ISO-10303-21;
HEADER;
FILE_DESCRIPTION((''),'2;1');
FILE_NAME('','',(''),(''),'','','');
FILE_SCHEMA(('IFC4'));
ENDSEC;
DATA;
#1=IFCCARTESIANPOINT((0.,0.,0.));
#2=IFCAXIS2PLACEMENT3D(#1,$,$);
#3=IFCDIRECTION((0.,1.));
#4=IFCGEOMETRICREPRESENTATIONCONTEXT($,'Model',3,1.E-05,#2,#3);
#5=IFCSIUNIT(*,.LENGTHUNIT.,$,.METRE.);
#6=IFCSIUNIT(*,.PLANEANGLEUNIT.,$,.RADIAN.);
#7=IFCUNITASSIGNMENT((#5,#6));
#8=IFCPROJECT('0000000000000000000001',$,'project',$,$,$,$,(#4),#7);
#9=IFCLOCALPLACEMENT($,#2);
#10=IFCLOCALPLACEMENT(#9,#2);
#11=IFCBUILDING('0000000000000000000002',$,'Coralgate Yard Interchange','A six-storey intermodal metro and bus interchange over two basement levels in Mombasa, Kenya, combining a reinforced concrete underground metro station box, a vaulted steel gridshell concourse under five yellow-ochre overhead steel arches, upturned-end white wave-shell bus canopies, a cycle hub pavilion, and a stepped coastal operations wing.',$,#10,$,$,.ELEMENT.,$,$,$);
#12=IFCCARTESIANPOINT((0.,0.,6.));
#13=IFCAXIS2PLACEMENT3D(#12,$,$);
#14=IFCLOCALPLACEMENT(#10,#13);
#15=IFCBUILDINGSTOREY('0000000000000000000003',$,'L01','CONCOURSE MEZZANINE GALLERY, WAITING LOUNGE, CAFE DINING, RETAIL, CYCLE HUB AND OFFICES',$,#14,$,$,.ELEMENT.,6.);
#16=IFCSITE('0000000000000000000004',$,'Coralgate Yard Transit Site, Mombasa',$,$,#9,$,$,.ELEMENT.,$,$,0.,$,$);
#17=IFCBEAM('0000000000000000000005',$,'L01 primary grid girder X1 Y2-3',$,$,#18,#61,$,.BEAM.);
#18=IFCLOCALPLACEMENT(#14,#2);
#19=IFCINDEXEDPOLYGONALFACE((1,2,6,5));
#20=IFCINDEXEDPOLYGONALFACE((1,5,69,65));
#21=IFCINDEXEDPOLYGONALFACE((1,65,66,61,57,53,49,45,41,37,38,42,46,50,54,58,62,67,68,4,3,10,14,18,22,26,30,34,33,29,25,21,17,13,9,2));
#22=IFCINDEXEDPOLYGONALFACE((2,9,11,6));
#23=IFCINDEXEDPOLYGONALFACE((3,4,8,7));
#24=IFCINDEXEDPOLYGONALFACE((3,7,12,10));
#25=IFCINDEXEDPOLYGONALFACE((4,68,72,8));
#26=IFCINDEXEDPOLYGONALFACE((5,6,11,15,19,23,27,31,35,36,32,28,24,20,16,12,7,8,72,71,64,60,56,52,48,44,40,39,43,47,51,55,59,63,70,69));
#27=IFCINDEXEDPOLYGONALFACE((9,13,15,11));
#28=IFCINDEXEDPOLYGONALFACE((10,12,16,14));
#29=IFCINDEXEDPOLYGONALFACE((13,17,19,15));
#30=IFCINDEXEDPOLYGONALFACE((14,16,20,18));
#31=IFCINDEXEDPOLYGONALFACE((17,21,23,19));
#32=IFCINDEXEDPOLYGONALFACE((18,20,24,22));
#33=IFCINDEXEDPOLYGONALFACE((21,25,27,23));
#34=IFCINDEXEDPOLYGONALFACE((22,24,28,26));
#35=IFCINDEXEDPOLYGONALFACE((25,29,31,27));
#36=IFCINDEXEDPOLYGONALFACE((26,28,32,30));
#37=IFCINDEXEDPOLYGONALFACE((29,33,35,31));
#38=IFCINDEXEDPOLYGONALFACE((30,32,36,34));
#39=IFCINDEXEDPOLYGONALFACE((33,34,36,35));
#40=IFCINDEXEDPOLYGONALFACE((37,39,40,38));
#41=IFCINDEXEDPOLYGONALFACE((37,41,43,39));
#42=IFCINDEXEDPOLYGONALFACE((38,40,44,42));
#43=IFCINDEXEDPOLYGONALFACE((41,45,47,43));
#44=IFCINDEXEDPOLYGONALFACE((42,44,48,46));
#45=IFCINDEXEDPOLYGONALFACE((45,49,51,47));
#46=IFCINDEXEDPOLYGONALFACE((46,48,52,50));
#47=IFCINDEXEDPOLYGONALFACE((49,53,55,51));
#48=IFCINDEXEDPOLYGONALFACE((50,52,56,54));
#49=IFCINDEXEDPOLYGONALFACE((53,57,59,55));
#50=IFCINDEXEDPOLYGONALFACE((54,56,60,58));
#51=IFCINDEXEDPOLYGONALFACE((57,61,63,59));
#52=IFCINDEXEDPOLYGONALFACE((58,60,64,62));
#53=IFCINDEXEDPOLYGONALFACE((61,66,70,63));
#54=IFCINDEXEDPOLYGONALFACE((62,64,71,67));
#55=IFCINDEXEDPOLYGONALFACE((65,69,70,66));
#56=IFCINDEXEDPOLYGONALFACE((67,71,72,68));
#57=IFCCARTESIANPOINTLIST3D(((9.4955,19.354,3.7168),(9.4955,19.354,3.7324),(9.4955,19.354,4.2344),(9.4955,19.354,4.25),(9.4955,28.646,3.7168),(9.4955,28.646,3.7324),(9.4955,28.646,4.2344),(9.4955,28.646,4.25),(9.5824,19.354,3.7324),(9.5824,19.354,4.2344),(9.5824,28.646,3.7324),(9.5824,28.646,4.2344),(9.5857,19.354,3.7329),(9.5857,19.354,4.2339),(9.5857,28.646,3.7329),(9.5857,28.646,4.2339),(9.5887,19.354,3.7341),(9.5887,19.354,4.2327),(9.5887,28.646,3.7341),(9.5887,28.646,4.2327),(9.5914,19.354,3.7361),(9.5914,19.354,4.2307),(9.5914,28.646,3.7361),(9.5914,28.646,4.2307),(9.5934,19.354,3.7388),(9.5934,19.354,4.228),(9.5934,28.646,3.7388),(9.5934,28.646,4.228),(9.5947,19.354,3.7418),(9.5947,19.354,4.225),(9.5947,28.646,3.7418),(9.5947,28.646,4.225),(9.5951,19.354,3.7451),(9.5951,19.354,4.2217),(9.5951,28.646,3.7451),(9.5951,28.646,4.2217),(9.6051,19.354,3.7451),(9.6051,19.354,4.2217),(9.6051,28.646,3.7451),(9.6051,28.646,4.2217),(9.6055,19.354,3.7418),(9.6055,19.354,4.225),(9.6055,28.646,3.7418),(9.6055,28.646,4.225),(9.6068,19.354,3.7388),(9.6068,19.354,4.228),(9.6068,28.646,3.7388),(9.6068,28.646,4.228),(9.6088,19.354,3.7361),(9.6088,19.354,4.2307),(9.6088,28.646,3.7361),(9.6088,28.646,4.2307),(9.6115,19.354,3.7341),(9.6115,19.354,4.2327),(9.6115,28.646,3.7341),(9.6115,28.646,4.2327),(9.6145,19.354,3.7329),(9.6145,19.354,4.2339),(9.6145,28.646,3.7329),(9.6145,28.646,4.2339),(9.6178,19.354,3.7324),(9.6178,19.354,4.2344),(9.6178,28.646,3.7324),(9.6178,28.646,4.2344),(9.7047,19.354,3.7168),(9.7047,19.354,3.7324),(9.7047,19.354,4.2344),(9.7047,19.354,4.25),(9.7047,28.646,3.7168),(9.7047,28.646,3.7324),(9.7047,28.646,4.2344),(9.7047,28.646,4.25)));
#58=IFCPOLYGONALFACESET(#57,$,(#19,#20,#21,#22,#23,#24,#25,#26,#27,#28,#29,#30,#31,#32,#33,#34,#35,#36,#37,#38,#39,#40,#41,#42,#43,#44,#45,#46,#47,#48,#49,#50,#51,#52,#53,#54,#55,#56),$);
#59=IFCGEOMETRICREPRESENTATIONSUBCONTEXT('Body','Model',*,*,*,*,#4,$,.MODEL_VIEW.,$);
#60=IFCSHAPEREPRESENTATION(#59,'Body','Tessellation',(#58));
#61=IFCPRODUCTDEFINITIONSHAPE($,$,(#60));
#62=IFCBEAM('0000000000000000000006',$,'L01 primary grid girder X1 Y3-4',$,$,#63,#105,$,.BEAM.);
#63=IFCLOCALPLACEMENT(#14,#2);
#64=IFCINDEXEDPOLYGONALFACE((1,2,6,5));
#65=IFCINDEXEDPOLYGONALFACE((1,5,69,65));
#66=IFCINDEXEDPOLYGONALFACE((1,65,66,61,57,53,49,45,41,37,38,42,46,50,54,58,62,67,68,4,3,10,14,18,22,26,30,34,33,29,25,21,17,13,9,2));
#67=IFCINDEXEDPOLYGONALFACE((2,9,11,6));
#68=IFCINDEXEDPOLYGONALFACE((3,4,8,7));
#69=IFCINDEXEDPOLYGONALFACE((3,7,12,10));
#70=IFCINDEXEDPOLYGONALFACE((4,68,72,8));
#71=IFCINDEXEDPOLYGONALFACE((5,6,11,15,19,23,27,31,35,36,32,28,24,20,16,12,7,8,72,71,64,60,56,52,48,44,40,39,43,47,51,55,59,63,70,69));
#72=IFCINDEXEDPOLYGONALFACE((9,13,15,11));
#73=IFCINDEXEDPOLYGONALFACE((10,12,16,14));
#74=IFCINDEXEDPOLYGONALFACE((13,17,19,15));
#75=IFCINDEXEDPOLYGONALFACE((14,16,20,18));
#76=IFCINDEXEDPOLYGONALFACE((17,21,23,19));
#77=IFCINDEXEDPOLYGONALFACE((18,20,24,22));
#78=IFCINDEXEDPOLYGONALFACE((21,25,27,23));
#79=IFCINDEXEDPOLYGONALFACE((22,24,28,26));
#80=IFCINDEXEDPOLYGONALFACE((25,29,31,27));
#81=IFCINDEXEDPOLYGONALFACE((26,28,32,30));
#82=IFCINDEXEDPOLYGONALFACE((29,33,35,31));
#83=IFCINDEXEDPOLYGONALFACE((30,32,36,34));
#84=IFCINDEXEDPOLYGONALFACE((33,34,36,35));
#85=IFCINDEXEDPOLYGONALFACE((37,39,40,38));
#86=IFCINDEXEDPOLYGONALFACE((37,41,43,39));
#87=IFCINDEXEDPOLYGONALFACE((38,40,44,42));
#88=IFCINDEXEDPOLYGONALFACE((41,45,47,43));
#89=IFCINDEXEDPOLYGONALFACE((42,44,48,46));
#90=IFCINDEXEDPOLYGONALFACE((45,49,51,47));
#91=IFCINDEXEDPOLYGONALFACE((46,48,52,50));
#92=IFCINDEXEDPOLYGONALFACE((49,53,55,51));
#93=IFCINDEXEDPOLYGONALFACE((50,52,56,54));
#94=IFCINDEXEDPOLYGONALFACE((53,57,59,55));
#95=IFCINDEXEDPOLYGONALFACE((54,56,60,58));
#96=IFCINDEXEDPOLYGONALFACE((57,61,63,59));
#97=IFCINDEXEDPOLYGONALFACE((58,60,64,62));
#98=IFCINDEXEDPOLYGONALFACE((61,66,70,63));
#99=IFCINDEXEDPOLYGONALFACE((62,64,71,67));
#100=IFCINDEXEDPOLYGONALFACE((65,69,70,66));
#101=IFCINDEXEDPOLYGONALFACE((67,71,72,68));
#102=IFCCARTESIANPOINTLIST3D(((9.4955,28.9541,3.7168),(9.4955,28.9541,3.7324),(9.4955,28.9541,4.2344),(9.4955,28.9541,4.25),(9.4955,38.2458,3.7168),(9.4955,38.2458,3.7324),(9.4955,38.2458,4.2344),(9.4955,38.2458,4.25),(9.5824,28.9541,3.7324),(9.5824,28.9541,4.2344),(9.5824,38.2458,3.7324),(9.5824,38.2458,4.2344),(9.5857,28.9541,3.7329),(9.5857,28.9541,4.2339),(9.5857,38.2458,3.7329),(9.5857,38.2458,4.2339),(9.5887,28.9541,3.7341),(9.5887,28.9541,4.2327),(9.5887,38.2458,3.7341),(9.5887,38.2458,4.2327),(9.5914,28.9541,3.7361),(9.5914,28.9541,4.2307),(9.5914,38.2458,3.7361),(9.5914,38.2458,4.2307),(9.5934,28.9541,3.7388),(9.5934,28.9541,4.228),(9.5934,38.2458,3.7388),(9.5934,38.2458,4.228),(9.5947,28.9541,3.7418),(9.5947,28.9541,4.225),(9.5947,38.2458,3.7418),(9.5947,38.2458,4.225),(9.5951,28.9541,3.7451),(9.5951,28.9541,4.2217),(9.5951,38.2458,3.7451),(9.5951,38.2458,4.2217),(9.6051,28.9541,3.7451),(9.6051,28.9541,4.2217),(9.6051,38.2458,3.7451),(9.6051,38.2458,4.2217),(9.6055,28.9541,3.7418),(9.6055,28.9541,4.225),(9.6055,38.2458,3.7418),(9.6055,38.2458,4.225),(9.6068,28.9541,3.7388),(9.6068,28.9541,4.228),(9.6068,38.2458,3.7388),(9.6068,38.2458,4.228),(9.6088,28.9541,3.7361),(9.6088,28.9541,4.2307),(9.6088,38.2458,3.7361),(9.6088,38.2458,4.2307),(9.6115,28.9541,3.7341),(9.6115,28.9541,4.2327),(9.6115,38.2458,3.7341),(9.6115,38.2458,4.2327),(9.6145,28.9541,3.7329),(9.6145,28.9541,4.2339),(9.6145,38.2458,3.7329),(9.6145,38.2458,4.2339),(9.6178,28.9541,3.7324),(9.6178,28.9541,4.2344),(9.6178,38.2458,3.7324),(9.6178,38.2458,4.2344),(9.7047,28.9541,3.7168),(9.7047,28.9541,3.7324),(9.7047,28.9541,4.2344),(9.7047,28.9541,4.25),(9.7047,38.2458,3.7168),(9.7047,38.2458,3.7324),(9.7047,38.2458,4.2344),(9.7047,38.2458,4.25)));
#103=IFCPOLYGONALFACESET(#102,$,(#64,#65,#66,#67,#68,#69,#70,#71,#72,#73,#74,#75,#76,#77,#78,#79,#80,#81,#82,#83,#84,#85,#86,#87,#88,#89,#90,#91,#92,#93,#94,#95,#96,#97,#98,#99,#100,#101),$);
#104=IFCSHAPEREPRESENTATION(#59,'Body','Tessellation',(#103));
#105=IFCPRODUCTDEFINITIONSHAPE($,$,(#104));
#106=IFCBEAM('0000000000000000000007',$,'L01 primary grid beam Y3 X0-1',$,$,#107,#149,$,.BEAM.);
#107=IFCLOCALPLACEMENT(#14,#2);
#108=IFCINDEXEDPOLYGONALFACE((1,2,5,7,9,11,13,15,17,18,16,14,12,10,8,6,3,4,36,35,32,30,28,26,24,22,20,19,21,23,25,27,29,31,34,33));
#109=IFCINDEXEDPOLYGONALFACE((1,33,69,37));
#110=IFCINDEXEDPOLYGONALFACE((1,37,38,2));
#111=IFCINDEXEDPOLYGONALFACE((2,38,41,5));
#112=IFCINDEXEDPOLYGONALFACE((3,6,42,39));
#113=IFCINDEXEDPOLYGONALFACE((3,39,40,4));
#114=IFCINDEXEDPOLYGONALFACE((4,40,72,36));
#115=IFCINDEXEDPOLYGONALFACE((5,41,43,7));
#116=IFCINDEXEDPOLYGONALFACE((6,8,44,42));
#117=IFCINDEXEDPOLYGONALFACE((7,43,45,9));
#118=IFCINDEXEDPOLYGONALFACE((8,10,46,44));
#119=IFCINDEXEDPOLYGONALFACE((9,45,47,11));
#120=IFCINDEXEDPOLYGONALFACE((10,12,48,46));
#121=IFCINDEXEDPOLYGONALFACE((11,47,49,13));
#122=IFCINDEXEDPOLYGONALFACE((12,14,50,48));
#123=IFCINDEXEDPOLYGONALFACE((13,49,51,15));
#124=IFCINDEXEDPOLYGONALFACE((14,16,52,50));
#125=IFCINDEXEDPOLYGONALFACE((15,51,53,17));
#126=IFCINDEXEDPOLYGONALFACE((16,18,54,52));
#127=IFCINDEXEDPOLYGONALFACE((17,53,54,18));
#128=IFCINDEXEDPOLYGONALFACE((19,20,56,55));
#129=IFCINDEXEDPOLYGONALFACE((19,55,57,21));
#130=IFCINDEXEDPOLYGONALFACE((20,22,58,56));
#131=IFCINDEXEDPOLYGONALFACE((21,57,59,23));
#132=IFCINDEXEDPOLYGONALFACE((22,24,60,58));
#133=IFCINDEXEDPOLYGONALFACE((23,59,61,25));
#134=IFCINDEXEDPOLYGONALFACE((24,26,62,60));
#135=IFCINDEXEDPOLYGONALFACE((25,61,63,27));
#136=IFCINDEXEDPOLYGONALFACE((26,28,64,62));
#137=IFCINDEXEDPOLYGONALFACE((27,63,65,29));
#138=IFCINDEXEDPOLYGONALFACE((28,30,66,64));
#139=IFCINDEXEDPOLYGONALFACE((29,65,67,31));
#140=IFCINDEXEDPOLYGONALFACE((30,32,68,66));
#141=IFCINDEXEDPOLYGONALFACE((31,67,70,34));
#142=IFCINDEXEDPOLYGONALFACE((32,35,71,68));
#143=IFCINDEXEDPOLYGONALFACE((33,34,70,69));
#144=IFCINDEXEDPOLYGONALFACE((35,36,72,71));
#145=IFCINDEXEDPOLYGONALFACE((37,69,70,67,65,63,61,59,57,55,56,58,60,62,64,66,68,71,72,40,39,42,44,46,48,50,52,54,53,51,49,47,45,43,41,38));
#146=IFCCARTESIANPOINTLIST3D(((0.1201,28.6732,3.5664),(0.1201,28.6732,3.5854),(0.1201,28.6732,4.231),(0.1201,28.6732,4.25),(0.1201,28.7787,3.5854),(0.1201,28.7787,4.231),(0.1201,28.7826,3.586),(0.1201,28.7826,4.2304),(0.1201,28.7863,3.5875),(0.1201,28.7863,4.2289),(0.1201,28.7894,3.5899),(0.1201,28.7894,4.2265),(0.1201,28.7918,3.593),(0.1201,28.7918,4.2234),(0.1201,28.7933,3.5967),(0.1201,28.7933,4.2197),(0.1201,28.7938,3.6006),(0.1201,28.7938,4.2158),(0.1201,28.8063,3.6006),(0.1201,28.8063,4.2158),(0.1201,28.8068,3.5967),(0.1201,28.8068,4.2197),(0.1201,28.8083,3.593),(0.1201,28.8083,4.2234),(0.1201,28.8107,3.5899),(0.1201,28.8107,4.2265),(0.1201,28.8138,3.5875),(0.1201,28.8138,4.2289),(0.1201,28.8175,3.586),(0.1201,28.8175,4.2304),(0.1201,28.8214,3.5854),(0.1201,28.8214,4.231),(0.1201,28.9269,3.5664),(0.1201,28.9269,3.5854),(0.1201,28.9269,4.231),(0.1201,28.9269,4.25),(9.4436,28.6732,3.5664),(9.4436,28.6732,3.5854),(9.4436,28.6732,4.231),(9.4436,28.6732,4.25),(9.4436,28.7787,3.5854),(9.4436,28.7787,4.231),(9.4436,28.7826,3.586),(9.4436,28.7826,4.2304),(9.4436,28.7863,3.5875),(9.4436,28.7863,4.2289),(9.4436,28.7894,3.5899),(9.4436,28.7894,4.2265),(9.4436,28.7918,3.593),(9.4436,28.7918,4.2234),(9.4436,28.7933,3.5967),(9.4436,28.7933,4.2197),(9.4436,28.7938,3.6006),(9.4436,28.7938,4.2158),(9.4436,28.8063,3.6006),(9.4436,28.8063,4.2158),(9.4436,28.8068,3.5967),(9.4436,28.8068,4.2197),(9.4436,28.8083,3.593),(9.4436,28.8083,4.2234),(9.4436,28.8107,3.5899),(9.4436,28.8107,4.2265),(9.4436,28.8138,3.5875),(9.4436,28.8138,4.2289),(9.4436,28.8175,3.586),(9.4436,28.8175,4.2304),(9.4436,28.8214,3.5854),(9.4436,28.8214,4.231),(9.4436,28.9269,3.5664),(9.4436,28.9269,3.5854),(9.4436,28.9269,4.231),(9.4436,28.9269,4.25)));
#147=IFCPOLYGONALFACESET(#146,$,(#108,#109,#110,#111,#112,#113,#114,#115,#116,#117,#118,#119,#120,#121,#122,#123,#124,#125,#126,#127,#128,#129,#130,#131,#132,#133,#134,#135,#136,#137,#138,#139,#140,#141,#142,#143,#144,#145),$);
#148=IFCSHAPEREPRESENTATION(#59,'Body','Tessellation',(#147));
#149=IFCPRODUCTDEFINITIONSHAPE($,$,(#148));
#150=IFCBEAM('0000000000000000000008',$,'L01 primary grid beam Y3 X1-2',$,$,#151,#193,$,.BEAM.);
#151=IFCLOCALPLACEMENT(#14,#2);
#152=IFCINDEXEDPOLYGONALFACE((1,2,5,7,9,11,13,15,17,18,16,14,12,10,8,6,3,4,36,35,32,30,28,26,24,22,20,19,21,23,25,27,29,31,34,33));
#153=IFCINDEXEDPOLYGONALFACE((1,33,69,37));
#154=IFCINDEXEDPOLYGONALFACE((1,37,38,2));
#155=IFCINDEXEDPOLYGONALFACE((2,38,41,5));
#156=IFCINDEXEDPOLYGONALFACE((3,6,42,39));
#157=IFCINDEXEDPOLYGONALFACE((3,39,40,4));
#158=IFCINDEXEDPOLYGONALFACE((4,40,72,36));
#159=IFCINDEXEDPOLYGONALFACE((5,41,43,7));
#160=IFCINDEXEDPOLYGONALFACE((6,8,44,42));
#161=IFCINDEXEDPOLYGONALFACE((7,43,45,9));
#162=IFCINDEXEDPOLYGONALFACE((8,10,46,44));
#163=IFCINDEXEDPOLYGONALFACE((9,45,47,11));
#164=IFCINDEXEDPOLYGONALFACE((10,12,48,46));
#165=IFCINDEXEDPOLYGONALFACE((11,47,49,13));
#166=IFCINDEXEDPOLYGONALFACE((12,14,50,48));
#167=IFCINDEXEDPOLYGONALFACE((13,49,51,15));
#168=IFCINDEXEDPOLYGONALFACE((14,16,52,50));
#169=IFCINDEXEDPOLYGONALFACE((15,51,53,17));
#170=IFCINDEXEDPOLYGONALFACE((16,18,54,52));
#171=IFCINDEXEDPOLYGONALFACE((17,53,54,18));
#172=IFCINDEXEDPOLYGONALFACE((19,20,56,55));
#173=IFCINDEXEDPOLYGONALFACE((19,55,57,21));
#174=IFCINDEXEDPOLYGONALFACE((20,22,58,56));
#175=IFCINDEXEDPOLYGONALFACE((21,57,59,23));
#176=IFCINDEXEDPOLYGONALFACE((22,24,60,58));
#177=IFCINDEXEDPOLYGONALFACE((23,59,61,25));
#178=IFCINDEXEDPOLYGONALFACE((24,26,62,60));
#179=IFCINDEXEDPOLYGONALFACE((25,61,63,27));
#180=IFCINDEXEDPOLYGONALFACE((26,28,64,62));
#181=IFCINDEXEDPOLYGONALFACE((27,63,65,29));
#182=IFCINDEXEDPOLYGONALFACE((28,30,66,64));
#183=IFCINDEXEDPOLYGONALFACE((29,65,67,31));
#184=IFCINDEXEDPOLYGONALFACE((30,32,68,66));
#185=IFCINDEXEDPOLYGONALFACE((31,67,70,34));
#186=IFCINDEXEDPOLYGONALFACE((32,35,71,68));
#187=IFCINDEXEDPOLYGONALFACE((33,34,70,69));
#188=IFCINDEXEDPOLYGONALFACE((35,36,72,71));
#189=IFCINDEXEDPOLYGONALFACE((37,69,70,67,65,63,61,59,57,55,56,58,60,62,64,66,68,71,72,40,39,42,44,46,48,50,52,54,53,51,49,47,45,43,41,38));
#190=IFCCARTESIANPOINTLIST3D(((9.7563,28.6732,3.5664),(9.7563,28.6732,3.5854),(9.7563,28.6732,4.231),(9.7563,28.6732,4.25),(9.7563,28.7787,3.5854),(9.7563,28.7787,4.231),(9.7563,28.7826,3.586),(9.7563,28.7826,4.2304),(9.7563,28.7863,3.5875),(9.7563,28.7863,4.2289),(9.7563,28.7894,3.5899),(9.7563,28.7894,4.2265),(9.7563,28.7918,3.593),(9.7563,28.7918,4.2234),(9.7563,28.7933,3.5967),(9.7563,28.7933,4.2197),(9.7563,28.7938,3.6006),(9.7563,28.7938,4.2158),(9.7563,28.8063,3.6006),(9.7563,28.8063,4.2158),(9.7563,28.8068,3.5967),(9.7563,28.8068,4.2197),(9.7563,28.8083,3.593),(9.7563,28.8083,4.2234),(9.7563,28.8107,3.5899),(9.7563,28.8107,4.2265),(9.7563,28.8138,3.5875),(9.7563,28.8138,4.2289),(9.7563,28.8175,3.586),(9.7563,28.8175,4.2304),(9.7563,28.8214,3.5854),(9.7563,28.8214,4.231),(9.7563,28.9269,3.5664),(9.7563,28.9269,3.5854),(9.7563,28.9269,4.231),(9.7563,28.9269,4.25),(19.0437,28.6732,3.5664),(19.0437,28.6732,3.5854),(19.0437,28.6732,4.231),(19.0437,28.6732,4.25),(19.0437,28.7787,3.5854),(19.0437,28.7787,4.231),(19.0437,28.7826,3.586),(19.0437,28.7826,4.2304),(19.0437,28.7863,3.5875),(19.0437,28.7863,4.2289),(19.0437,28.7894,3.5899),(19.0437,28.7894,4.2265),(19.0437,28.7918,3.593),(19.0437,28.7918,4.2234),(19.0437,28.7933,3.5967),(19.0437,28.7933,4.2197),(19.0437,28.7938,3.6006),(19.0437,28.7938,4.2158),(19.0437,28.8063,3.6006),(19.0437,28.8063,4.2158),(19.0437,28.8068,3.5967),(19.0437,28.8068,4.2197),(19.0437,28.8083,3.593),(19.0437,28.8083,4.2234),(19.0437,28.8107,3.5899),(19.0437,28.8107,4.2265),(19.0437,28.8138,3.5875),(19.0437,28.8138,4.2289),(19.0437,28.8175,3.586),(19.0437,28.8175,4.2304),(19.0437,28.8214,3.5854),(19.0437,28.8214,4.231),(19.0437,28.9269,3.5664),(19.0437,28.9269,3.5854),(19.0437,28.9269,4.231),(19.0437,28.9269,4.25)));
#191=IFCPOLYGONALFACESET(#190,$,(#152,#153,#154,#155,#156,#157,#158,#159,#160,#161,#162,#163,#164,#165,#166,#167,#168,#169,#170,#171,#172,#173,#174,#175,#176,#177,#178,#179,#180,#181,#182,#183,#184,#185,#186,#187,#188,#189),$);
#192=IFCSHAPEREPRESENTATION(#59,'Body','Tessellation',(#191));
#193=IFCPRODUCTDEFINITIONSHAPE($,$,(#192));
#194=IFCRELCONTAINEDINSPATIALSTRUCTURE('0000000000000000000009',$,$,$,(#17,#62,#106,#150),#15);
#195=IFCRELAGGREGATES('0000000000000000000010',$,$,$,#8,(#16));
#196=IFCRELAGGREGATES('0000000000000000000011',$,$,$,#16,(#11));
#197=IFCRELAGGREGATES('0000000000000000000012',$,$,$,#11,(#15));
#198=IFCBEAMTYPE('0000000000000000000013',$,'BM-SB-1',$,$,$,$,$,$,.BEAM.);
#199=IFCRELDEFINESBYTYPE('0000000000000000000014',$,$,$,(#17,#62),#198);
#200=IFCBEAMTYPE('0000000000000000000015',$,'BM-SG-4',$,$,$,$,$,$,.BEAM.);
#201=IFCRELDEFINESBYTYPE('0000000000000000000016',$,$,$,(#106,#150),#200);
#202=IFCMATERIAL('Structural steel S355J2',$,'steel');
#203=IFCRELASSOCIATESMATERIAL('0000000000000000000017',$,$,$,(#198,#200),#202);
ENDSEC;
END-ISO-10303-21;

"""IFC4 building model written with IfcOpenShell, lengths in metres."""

from ifc_helpers import new_model, si_unit, direction, frame, origin, origin_2d, place, context, subcontext, project, spatial, i_section, extrude, material, material_profile, profile_set, type_object, element, save


model = new_model("IFC4")

# Units and contexts
model_context = context("Model", 3, precision=1e-05, world=origin(), true_north=direction((0.0, 1.0)))
body_context = subcontext(model_context, "Body", "Model", "MODEL_VIEW")
ifc_project = project(units=[si_unit("LENGTHUNIT", "METRE"), si_unit("PLANEANGLEUNIT", "RADIAN")], contexts=[model_context])

# Site, building, storey
site_placement = place(None, origin())
site = spatial("IfcSite", under=ifc_project, at=site_placement, Name="Coralgate Yard Transit Site, Mombasa", CompositionType="ELEMENT", RefElevation=0.0)
building_placement = place(site_placement, origin())
building = spatial("IfcBuilding", under=site, at=building_placement, Name="Coralgate Yard Interchange", Description="A six-storey intermodal metro and bus interchange over two basement levels in Mombasa, Kenya, combining a reinforced concrete underground metro station box, a vaulted steel gridshell concourse under five yellow-ochre overhead steel arches, upturned-end white wave-shell bus canopies, a cycle hub pavilion, and a stepped coastal operations wing.", CompositionType="ELEMENT")
storey_placement = place(building_placement, frame((0.0, 0.0, 6.0)))
storey = spatial("IfcBuildingStorey", under=building, at=storey_placement, Name="L01", Description="CONCOURSE MEZZANINE GALLERY, WAITING LOUNGE, CAFE DINING, RETAIL, CYCLE HUB AND OFFICES", CompositionType="ELEMENT", Elevation=6.0)

# Shared definitions
ifc_material_1 = material(Name="Structural steel S355J2", Category="steel")

# Beams
ifc_material_profile_1 = material_profile(ifc_material_1, i_section(OverallWidth=0.2092, OverallDepth=0.5332, WebThickness=0.01, FlangeThickness=0.0156, FilletRadius=0.0127, at=origin_2d()), Name="UB 533x210x92")
ifc_profile_set_1 = profile_set([ifc_material_profile_1], Name="Structural steel S355J2")
beam_type_1 = type_object("IfcBeamType", Name="BM-SB-1", PredefinedType="BEAM", material=ifc_profile_set_1)
beam_1_placement = place(storey_placement, frame((9.6001, 19.354, 3.9834), z_axis=(0.0, 1.0, 0.0), x_axis=(-1.0, 0.0, 0.0)))
element("IfcBeam", 1, at=beam_1_placement, inside=storey, type_object=beam_type_1, Name="L01 primary grid girder X1 Y2-3", PredefinedType="BEAM", context=body_context, shape_type="SweptSolid", body=[
    extrude(i_section(OverallWidth=0.2092, OverallDepth=0.5332, WebThickness=0.01, FlangeThickness=0.0156, FilletRadius=0.0127, at=origin_2d()), origin(), (0.0, 0.0, 1.0), 9.292),
])
beam_2_placement = place(storey_placement, frame((9.6001, 28.9541, 3.9834), z_axis=(0.0, 1.0, 0.0), x_axis=(-1.0, 0.0, 0.0)))
element("IfcBeam", 2, at=beam_2_placement, inside=storey, type_object=beam_type_1, Name="L01 primary grid girder X1 Y3-4", PredefinedType="BEAM", context=body_context, shape_type="SweptSolid", body=[
    extrude(i_section(OverallWidth=0.2092, OverallDepth=0.5332, WebThickness=0.01, FlangeThickness=0.0156, FilletRadius=0.0127, at=origin_2d()), origin(), (0.0, 0.0, 1.0), 9.2917),
])
ifc_material_profile_2 = material_profile(ifc_material_1, i_section(OverallWidth=0.2537, OverallDepth=0.6836, WebThickness=0.0125, FlangeThickness=0.019, FilletRadius=0.0151, at=origin_2d()), Name="UB 686x254x140")
ifc_profile_set_2 = profile_set([ifc_material_profile_2], Name="Structural steel S355J2")
beam_type_2 = type_object("IfcBeamType", Name="BM-SG-4", PredefinedType="BEAM", material=ifc_profile_set_2)
beam_3_placement = place(storey_placement, frame((0.1201, 28.8, 3.9082), z_axis=(1.0, 0.0, 0.0), x_axis=(0.0, 1.0, 0.0)))
element("IfcBeam", 3, at=beam_3_placement, inside=storey, type_object=beam_type_2, Name="L01 primary grid beam Y3 X0-1", PredefinedType="BEAM", context=body_context, shape_type="SweptSolid", body=[
    extrude(i_section(OverallWidth=0.2537, OverallDepth=0.6836, WebThickness=0.0125, FlangeThickness=0.019, FilletRadius=0.0151, at=origin_2d()), origin(), (0.0, 0.0, 1.0), 9.3235),
])
beam_4_placement = place(storey_placement, frame((9.7563, 28.8, 3.9082), z_axis=(1.0, 0.0, 0.0), x_axis=(0.0, 1.0, 0.0)))
element("IfcBeam", 4, at=beam_4_placement, inside=storey, type_object=beam_type_2, Name="L01 primary grid beam Y3 X1-2", PredefinedType="BEAM", context=body_context, shape_type="SweptSolid", body=[
    extrude(i_section(OverallWidth=0.2537, OverallDepth=0.6836, WebThickness=0.0125, FlangeThickness=0.019, FilletRadius=0.0151, at=origin_2d()), origin(), (0.0, 0.0, 1.0), 9.2874),
])

save(model, "model.ifc")
